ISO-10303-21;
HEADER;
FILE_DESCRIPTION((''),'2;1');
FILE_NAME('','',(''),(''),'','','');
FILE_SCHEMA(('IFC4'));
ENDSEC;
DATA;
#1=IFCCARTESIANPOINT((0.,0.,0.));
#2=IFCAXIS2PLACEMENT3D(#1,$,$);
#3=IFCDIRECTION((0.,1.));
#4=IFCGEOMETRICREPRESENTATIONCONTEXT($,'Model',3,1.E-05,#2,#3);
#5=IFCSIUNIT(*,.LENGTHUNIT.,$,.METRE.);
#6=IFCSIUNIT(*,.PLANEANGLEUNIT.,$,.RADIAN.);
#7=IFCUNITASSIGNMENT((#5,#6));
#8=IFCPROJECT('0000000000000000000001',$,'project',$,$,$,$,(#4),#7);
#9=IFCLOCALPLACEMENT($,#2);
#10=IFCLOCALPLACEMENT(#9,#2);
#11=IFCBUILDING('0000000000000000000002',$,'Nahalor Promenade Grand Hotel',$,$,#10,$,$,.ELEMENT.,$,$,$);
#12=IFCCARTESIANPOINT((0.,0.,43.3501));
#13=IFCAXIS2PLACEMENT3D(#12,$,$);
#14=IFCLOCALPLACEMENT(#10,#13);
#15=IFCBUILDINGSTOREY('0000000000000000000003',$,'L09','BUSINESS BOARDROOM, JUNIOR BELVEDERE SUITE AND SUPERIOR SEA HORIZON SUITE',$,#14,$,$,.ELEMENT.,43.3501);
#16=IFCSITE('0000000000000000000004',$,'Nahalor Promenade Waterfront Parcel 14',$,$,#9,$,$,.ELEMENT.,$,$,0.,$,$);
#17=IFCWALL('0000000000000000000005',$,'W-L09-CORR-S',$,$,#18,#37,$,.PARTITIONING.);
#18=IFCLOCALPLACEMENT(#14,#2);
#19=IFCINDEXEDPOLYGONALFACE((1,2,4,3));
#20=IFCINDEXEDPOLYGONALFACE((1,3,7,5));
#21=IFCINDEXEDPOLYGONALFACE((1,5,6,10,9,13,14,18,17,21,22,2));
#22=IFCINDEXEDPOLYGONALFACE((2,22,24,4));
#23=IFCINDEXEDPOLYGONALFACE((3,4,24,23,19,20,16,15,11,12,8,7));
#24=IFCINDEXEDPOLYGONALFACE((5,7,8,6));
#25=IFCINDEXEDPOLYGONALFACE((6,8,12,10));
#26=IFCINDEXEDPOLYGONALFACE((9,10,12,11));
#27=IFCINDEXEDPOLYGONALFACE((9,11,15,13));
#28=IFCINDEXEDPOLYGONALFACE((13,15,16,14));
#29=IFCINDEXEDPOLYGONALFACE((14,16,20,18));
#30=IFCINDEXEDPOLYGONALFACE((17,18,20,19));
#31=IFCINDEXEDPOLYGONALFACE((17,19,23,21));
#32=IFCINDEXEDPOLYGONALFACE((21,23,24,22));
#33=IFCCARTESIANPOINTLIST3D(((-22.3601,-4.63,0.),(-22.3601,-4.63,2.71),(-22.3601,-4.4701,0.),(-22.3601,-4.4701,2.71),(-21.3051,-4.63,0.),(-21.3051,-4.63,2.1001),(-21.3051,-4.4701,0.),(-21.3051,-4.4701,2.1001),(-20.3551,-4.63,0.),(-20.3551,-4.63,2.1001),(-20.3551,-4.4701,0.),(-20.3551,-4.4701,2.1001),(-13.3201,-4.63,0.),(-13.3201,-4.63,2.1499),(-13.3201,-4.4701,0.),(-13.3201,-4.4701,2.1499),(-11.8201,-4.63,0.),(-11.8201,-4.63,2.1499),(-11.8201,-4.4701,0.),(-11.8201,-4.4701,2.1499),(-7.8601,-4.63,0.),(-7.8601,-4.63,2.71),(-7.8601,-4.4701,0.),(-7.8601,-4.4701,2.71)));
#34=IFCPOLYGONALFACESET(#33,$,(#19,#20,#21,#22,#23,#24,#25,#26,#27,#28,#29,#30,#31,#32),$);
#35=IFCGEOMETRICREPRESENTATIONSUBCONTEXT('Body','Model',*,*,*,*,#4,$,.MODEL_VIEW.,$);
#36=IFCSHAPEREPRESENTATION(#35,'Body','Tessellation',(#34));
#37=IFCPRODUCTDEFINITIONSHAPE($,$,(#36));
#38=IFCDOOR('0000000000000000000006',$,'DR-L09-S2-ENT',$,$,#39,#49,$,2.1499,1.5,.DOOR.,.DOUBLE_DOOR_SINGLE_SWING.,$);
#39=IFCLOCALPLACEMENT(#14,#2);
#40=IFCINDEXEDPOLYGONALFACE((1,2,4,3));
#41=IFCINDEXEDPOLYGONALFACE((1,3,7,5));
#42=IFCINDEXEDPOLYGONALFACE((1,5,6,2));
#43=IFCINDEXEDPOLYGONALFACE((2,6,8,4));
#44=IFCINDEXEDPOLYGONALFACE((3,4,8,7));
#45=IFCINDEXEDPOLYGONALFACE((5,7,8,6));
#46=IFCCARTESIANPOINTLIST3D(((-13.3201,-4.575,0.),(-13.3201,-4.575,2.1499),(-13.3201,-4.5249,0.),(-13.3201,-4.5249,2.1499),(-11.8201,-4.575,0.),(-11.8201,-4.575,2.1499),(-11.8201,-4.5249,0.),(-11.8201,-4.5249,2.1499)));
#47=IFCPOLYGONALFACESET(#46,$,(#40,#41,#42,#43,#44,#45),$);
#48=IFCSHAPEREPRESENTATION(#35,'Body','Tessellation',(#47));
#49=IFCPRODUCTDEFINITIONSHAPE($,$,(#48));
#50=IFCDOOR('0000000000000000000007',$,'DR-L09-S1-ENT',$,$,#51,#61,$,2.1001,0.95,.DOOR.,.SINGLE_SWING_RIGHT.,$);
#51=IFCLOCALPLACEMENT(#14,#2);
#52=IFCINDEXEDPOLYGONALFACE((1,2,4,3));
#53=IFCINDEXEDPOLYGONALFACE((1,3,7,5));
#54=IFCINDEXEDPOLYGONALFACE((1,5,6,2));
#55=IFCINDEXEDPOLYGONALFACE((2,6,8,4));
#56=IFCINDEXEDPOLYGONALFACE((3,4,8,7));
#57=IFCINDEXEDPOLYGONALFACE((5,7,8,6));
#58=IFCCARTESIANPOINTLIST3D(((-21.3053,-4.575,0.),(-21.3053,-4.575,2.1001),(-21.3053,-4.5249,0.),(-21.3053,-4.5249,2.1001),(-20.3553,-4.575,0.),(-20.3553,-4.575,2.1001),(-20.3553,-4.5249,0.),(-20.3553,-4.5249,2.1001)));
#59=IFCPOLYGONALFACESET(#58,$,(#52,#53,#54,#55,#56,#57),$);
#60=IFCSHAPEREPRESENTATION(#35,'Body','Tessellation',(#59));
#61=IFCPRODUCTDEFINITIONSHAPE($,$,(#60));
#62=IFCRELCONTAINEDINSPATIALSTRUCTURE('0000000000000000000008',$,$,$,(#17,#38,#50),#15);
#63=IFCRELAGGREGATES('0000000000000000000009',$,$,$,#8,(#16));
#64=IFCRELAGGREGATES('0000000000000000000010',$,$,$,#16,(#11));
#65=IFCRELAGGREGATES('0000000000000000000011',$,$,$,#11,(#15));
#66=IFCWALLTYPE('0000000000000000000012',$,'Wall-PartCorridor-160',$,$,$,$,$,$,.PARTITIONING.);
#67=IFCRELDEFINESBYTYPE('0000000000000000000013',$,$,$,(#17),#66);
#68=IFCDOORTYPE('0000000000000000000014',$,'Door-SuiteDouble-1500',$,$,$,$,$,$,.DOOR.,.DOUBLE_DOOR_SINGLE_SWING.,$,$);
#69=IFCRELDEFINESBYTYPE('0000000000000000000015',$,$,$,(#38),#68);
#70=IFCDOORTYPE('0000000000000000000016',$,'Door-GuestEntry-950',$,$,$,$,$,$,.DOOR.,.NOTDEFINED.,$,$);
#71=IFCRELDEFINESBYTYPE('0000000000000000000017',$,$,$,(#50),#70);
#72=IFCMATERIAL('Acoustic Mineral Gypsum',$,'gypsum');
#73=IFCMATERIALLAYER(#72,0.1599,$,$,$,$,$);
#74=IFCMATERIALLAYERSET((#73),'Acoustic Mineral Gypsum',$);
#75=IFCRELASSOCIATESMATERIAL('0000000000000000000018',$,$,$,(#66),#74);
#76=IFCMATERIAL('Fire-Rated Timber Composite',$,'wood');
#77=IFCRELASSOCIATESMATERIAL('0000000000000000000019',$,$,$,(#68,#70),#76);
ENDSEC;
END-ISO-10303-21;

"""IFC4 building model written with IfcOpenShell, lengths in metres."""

from ifc_helpers import new_model, si_unit, direction, frame, frame_2d, origin, place, context, subcontext, project, spatial, rectangle, extrude, source, transform, mapped, material, layer, layer_set, type_object, element, fill, save


model = new_model("IFC4")

# Units and contexts
model_context = context("Model", 3, precision=1e-05, world=origin(), true_north=direction((0.0, 1.0)))
body_context = subcontext(model_context, "Body", "Model", "MODEL_VIEW")
ifc_project = project(units=[si_unit("LENGTHUNIT", "METRE"), si_unit("PLANEANGLEUNIT", "RADIAN")], contexts=[model_context])

# Site, building, storey
site_placement = place(None, origin())
site = spatial("IfcSite", under=ifc_project, at=site_placement, Name="Nahalor Promenade Waterfront Parcel 14", CompositionType="ELEMENT", RefElevation=0.0)
building_placement = place(site_placement, origin())
building = spatial("IfcBuilding", under=site, at=building_placement, Name="Nahalor Promenade Grand Hotel", CompositionType="ELEMENT")
storey_placement = place(building_placement, frame((0.0, 0.0, 43.3501)))
storey = spatial("IfcBuildingStorey", under=building, at=storey_placement, Name="L09", Description="BUSINESS BOARDROOM, JUNIOR BELVEDERE SUITE AND SUPERIOR SEA HORIZON SUITE", CompositionType="ELEMENT", Elevation=43.3501)

# Wall, openings, doors
ifc_material_1 = material(Name="Acoustic Mineral Gypsum", Category="gypsum")
ifc_layer_1 = layer(ifc_material_1, 0.1599)
ifc_layer_set_1 = layer_set([ifc_layer_1], Name="Acoustic Mineral Gypsum")
wall_type = type_object("IfcWallType", Name="Wall-PartCorridor-160", PredefinedType="PARTITIONING", material=ifc_layer_set_1)
shared_shape_1 = source(origin(), body_context, "Body", "SweptSolid", [
    extrude(rectangle(XDim=14.5, YDim=0.1599, at=frame_2d((7.25, 0.0))), origin(), (0.0, 0.0, 1.0), 2.71),
])
wall_placement = place(storey_placement, frame((-22.3601, -4.55, 0.0), z_axis=(0.0, 0.0, 1.0), x_axis=(1.0, 0.0, 0.0)))
wall = element("IfcWall", 1, at=wall_placement, inside=storey, type_object=wall_type, Name="W-L09-CORR-S", PredefinedType="PARTITIONING", context=body_context, shape_type="MappedRepresentation", body=[
    mapped(shared_shape_1, transform((0.0, 0.0, 0.0), scale=1.0)),
])
opening_1_placement = place(wall_placement, frame((1.0549, 0.0, 0.0)))
opening_1 = element("IfcOpeningElement", 2, at=opening_1_placement, cuts=wall, PredefinedType="OPENING", context=body_context, shape_type="SweptSolid", body=[
    extrude(rectangle(XDim=0.95, YDim=2.1001, at=frame_2d((0.4751, 1.05))), frame((0.0, 0.0898, 0.0), z_axis=(0.0, -1.0, 0.0), x_axis=(1.0, 0.0, 0.0)), (0.0, 0.0, 1.0), 0.1799),
])
opening_2_placement = place(wall_placement, frame((9.04, 0.0, 0.0)))
opening_2 = element("IfcOpeningElement", 3, at=opening_2_placement, cuts=wall, PredefinedType="OPENING", context=body_context, shape_type="SweptSolid", body=[
    extrude(rectangle(XDim=1.5, YDim=2.1499, at=frame_2d((0.75, 1.075))), frame((0.0, 0.0898, 0.0), z_axis=(0.0, -1.0, 0.0), x_axis=(1.0, 0.0, 0.0)), (0.0, 0.0, 1.0), 0.1799),
])
ifc_material_2 = material(Name="Fire-Rated Timber Composite", Category="wood")
door_type_1 = type_object("IfcDoorType", Name="Door-SuiteDouble-1500", OperationType="DOUBLE_DOOR_SINGLE_SWING", PredefinedType="DOOR", material=ifc_material_2)
shared_shape_2 = source(origin(), body_context, "Body", "SweptSolid", [
    extrude(rectangle(XDim=1.5, YDim=2.1499, at=frame_2d((0.75, 1.075))), frame((0.0, 0.0249, 0.0), z_axis=(0.0, -1.0, 0.0), x_axis=(1.0, 0.0, 0.0)), (0.0, 0.0, 1.0), 0.05),
])
door_1_placement = place(opening_2_placement, frame((1.5, 0.0, 0.0), z_axis=(0.0, 0.0, 1.0), x_axis=(-1.0, 0.0, 0.0)))
door_1 = element("IfcDoor", 4, at=door_1_placement, inside=storey, type_object=door_type_1, Name="DR-L09-S2-ENT", OperationType="DOUBLE_DOOR_SINGLE_SWING", OverallHeight=2.1499, OverallWidth=1.5, PredefinedType="DOOR", context=body_context, shape_type="MappedRepresentation", body=[
    mapped(shared_shape_2, transform((0.0, 0.0, 0.0), scale=1.0)),
])
fill(opening_2, door_1)
door_type_2 = type_object("IfcDoorType", Name="Door-GuestEntry-950", OperationType="NOTDEFINED", PredefinedType="DOOR", material=ifc_material_2)
shared_shape_3 = source(origin(), body_context, "Body", "SweptSolid", [
    extrude(rectangle(XDim=0.95, YDim=2.1001, at=frame_2d((0.4751, 1.05))), frame((0.0, 0.0249, 0.0), z_axis=(0.0, -1.0, 0.0), x_axis=(1.0, 0.0, 0.0)), (0.0, 0.0, 1.0), 0.05),
])
door_2_placement = place(opening_1_placement, frame((0.95, 0.0, 0.0), z_axis=(0.0, 0.0, 1.0), x_axis=(-1.0, 0.0, 0.0)))
door_2 = element("IfcDoor", 5, at=door_2_placement, inside=storey, type_object=door_type_2, Name="DR-L09-S1-ENT", OperationType="SINGLE_SWING_RIGHT", OverallHeight=2.1001, OverallWidth=0.95, PredefinedType="DOOR", context=body_context, shape_type="MappedRepresentation", body=[
    mapped(shared_shape_3, transform((0.0, 0.0, 0.0), scale=1.0)),
])
fill(opening_1, door_2)

save(model, "model.ifc")
